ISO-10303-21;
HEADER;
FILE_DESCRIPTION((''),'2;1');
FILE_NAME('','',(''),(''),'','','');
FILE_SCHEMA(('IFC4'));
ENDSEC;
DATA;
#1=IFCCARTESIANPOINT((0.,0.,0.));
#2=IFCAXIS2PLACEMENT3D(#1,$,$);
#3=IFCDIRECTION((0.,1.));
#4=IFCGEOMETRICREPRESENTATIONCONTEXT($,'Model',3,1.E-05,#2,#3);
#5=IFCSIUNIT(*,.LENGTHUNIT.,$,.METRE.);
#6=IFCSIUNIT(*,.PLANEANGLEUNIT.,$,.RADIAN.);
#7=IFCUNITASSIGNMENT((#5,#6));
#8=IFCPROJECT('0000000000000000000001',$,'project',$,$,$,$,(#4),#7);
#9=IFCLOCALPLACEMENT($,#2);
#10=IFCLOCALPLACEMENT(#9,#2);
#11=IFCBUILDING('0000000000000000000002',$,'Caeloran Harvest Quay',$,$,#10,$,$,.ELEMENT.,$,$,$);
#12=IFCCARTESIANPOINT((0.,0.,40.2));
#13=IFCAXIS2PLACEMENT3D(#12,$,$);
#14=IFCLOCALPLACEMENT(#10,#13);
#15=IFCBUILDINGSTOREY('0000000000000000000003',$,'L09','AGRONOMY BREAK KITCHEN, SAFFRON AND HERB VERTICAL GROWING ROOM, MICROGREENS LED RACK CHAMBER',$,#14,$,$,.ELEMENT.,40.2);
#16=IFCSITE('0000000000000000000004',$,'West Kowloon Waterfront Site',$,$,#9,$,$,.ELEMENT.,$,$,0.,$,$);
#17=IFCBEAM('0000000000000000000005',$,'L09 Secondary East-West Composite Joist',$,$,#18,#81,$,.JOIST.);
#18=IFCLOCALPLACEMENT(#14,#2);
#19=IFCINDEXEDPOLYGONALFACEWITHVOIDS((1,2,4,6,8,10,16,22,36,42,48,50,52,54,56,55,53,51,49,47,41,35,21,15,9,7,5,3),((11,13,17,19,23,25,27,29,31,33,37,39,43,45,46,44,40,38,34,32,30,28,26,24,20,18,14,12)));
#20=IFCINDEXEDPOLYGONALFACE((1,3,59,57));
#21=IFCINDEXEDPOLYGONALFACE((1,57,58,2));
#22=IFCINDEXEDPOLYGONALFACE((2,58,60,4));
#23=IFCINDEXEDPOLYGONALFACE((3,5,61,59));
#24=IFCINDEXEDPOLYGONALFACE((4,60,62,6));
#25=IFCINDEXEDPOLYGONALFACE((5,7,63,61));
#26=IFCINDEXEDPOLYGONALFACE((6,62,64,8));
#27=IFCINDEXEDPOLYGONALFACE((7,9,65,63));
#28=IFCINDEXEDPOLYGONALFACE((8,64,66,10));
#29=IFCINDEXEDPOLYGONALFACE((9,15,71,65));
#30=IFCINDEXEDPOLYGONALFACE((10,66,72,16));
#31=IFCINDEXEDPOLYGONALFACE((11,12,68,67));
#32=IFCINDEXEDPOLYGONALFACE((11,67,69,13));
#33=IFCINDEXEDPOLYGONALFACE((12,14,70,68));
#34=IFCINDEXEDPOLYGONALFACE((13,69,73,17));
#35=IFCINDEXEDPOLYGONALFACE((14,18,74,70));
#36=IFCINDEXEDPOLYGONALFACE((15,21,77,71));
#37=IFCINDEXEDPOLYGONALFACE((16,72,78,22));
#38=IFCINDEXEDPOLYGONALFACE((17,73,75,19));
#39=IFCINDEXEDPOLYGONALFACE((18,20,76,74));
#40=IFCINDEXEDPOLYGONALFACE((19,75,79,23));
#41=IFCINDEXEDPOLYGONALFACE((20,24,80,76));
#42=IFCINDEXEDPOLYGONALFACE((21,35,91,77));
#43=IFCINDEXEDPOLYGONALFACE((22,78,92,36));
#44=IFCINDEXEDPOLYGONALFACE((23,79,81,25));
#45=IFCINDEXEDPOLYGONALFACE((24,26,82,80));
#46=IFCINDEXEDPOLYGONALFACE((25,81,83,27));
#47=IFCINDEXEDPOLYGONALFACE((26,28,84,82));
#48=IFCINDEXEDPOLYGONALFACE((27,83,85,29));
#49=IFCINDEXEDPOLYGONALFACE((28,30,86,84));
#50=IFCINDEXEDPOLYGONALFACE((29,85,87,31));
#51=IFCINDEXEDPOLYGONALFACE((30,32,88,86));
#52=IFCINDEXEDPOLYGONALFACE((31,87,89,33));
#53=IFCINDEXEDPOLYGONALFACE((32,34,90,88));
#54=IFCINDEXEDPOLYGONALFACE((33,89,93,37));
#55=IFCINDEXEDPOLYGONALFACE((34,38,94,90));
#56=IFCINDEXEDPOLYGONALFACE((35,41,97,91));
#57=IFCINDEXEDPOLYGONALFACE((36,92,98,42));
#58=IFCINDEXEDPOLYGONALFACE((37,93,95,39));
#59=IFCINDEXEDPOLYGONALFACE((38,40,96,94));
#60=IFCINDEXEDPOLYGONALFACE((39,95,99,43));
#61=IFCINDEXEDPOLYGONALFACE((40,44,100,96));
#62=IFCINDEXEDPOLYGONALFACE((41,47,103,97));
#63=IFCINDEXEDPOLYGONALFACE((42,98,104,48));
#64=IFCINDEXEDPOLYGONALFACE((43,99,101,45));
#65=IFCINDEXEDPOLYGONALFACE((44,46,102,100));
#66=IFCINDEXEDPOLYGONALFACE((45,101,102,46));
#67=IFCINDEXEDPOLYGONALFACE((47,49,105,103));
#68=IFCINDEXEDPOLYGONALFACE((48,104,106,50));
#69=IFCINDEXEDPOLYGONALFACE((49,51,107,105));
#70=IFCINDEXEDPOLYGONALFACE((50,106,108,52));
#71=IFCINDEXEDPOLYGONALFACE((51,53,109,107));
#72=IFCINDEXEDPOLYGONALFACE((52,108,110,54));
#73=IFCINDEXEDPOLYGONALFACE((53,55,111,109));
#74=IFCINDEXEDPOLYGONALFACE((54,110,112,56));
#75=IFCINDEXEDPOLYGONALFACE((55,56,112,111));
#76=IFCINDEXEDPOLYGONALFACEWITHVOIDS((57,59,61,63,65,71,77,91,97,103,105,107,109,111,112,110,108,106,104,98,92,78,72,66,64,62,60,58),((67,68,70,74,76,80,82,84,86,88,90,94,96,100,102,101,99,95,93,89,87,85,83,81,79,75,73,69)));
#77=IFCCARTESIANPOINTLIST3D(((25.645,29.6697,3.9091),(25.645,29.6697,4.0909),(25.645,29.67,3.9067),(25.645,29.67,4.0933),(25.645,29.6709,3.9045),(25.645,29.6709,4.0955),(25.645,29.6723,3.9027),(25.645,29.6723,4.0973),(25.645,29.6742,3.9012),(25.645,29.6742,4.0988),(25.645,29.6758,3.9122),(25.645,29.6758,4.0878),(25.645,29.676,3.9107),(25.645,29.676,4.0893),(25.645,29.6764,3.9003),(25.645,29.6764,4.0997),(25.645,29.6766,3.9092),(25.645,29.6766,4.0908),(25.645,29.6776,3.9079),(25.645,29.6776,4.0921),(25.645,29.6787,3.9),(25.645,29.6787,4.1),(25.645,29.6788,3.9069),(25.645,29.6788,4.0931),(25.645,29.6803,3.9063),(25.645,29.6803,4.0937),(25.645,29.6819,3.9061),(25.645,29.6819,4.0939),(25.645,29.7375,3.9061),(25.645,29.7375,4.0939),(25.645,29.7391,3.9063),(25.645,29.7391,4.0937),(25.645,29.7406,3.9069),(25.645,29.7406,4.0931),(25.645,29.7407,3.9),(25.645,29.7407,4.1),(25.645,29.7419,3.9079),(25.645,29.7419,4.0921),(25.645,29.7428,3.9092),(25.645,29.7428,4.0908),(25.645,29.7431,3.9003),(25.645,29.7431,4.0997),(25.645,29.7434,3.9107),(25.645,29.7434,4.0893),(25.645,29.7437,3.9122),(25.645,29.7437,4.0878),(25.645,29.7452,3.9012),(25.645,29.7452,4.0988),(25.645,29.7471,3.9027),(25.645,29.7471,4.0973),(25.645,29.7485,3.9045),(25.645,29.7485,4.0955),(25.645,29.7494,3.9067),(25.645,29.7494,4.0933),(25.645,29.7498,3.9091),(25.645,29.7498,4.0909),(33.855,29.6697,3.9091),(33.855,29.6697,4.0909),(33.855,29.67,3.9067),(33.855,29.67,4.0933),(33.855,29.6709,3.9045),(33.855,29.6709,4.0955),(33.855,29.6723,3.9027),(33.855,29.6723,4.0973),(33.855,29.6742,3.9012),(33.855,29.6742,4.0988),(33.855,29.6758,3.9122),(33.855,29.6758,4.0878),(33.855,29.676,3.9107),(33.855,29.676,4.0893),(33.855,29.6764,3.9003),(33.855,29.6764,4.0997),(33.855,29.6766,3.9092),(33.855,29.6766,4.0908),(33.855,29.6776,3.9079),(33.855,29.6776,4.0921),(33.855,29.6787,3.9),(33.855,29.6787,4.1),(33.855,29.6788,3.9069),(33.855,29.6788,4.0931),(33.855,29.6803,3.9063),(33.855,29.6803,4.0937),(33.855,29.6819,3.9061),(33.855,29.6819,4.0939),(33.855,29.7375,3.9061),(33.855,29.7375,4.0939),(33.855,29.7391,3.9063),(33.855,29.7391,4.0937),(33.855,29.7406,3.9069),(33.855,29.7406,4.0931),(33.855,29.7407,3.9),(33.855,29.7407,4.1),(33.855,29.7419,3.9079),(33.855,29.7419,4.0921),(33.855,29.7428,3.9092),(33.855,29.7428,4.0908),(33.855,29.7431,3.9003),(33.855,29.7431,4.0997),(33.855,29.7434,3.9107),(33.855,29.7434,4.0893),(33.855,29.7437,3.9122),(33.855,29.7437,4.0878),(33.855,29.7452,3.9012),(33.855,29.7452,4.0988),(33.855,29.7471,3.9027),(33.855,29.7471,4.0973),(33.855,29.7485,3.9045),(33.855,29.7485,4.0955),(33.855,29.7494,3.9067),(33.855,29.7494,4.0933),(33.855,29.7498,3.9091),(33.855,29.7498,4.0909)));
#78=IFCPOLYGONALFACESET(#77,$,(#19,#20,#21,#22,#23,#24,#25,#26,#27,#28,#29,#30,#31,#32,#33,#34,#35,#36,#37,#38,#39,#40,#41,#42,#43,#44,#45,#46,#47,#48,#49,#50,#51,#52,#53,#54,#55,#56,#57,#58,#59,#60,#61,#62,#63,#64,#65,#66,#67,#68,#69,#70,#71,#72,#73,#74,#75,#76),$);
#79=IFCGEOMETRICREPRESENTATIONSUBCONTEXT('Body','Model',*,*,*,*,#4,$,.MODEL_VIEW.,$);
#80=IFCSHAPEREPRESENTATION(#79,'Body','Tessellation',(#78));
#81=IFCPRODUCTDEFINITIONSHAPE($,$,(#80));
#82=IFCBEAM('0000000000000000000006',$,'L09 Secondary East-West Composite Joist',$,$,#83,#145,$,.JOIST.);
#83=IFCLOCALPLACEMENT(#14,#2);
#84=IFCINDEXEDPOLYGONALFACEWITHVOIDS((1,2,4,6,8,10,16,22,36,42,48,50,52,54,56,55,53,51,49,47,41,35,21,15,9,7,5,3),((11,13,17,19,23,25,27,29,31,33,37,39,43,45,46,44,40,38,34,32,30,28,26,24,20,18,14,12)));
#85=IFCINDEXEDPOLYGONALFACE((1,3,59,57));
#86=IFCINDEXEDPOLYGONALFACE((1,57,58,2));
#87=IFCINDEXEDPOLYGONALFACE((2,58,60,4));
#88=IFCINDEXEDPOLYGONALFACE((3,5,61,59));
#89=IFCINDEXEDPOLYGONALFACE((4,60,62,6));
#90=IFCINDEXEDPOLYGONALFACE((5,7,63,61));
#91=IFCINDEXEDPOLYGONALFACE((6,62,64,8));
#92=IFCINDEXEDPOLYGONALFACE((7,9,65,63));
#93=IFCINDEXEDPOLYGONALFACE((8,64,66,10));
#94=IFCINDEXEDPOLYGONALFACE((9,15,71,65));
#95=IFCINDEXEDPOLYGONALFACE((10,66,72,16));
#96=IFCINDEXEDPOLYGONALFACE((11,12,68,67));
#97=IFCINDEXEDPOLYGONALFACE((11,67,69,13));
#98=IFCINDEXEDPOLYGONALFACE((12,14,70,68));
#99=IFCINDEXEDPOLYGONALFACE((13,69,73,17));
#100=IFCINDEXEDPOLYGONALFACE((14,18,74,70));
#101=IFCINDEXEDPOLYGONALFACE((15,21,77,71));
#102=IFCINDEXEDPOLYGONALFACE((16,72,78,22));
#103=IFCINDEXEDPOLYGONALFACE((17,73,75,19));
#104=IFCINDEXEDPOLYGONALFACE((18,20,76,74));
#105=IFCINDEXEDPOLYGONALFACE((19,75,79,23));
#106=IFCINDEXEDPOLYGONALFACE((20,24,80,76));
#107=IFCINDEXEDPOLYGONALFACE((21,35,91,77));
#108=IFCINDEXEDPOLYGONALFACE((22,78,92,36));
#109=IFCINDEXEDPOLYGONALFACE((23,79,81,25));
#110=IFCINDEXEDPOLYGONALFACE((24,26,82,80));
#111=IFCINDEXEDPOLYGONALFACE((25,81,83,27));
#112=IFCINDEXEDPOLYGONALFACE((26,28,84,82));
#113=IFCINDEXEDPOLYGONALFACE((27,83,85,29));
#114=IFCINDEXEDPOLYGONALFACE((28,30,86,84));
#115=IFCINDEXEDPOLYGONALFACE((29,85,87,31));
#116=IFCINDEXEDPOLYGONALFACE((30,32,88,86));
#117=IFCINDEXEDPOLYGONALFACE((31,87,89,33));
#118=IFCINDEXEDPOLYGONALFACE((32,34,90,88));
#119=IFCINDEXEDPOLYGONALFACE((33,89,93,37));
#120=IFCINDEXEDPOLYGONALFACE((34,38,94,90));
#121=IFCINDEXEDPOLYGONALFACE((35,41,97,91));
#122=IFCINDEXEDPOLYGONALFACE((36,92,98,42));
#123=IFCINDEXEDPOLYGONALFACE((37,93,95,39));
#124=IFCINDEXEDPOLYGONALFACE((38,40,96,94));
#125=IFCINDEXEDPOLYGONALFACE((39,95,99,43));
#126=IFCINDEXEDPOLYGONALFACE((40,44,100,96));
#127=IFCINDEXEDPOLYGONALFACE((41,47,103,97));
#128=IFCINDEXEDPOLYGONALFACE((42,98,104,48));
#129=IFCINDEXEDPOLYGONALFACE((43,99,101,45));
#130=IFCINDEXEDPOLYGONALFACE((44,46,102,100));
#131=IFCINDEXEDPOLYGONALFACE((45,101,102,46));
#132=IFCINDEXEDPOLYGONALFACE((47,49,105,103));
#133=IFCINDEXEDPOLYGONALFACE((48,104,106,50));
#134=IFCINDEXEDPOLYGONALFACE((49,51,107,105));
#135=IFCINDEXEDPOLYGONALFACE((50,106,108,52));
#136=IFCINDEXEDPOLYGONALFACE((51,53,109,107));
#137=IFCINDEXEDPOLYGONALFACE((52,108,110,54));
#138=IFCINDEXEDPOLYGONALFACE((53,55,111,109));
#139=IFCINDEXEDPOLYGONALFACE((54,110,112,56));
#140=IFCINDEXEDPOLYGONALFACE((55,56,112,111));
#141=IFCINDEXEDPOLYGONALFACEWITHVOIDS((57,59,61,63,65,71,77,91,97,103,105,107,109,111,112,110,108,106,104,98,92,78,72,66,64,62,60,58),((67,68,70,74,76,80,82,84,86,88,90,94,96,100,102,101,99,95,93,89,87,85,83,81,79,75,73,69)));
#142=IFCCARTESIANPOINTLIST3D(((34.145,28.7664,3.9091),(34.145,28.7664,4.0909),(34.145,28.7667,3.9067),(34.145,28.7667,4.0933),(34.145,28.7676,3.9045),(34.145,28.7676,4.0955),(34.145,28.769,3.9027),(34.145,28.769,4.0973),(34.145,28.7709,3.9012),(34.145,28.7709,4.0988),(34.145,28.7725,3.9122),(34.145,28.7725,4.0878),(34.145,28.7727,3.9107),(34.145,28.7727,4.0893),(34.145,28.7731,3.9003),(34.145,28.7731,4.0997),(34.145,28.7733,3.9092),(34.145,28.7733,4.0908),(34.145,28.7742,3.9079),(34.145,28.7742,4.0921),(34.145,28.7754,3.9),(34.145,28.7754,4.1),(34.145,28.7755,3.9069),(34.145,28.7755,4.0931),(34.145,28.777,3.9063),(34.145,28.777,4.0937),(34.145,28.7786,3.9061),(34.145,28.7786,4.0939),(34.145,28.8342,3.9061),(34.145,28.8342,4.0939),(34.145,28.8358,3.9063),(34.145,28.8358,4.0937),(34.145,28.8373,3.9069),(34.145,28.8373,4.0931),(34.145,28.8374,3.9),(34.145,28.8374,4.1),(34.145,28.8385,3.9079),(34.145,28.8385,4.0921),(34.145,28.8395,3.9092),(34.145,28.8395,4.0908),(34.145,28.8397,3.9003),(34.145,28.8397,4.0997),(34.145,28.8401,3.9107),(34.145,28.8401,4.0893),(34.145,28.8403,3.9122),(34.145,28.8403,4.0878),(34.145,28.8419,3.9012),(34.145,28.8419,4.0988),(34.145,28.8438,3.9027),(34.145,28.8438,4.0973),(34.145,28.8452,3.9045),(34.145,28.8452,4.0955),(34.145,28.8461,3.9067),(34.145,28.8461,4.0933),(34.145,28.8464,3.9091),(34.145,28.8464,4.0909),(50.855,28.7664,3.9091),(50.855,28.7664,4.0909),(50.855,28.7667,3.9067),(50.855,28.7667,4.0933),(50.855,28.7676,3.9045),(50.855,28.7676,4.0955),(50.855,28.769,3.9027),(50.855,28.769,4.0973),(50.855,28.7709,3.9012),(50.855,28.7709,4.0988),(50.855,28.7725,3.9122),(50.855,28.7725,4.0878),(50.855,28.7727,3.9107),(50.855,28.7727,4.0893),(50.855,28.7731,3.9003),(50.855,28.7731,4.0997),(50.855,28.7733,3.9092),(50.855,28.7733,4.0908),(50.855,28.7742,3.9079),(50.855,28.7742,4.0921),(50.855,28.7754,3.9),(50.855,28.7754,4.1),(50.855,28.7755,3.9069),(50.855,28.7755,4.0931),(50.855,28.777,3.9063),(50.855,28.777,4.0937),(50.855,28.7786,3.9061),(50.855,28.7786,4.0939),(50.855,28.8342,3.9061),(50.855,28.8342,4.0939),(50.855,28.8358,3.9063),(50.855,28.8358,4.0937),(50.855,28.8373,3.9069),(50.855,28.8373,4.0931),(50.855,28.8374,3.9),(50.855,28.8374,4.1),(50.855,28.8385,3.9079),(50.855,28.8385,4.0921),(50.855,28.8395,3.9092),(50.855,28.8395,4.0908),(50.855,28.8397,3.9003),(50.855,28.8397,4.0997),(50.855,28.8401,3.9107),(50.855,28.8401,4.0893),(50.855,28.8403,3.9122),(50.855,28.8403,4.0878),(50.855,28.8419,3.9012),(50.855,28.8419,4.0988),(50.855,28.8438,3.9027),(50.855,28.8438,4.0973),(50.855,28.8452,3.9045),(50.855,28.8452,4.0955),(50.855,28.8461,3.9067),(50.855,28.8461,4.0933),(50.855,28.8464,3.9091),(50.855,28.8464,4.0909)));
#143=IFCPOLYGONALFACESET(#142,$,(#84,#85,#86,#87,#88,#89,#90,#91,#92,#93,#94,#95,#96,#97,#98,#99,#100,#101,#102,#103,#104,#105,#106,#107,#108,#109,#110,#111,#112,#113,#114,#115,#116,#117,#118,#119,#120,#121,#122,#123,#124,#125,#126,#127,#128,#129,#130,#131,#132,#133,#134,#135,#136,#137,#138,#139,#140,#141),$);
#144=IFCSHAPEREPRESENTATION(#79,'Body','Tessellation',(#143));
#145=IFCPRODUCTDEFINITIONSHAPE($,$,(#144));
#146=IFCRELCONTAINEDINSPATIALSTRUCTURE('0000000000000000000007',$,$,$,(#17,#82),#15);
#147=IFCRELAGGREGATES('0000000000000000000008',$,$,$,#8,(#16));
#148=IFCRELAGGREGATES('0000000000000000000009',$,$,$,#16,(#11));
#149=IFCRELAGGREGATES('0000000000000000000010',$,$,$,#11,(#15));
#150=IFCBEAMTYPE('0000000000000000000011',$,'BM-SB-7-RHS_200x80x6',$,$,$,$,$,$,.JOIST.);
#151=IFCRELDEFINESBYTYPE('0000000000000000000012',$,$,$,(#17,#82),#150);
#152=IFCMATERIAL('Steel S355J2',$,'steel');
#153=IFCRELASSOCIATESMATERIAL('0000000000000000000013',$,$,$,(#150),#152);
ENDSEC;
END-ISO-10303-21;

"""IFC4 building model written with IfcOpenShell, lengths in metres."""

from ifc_helpers import new_model, si_unit, direction, frame, origin, origin_2d, place, context, subcontext, project, spatial, hollow_rectangle, extrude, material, material_profile, profile_set, type_object, element, save


model = new_model("IFC4")

# Units and contexts
model_context = context("Model", 3, precision=1e-05, world=origin(), true_north=direction((0.0, 1.0)))
body_context = subcontext(model_context, "Body", "Model", "MODEL_VIEW")
ifc_project = project(units=[si_unit("LENGTHUNIT", "METRE"), si_unit("PLANEANGLEUNIT", "RADIAN")], contexts=[model_context])

# Site, building, storey
site_placement = place(None, origin())
site = spatial("IfcSite", under=ifc_project, at=site_placement, Name="West Kowloon Waterfront Site", CompositionType="ELEMENT", RefElevation=0.0)
building_placement = place(site_placement, origin())
building = spatial("IfcBuilding", under=site, at=building_placement, Name="Caeloran Harvest Quay", CompositionType="ELEMENT")
storey_placement = place(building_placement, frame((0.0, 0.0, 40.2)))
storey = spatial("IfcBuildingStorey", under=building, at=storey_placement, Name="L09", Description="AGRONOMY BREAK KITCHEN, SAFFRON AND HERB VERTICAL GROWING ROOM, MICROGREENS LED RACK CHAMBER", CompositionType="ELEMENT", Elevation=40.2)

# Beams
ifc_material_1 = material(Name="Steel S355J2", Category="steel")
ifc_material_profile_1 = material_profile(ifc_material_1, hollow_rectangle(XDim=0.0801, YDim=0.2, WallThickness=0.0061, InnerFilletRadius=0.0061, OuterFilletRadius=0.009, at=origin_2d()), Name="RHS 200x80x6")
ifc_profile_set_1 = profile_set([ifc_material_profile_1], Name="Steel S355J2")
beam_type_1 = type_object("IfcBeamType", Name="BM-SB-7-RHS_200x80x6", PredefinedType="JOIST", material=ifc_profile_set_1)
for number, where, z_axis, x_axis, name in (
    (1, (25.645, 29.7097, 4.0), (1.0, 0.0, 0.0), (0.0, 1.0, 0.0), "L09 Secondary East-West Composite Joist"),
):
    element("IfcBeam", number, at=place(storey_placement, frame(where, z_axis=z_axis, x_axis=x_axis)), inside=storey, type_object=beam_type_1, Name=name, PredefinedType="JOIST", context=body_context, shape_type="SweptSolid", body=[
        extrude(hollow_rectangle(XDim=0.0801, YDim=0.2, WallThickness=0.0061, InnerFilletRadius=0.0061, OuterFilletRadius=0.009, at=origin_2d()), origin(), (0.0, 0.0, 1.0), 8.21),
    ])
for number, where, z_axis, x_axis, name in (
    (2, (34.145, 28.8064, 4.0), (1.0, 0.0, 0.0), (0.0, 1.0, 0.0), "L09 Secondary East-West Composite Joist"),
):
    element("IfcBeam", number, at=place(storey_placement, frame(where, z_axis=z_axis, x_axis=x_axis)), inside=storey, type_object=beam_type_1, Name=name, PredefinedType="JOIST", context=body_context, shape_type="SweptSolid", body=[
        extrude(hollow_rectangle(XDim=0.0801, YDim=0.2, WallThickness=0.0061, InnerFilletRadius=0.0061, OuterFilletRadius=0.009, at=origin_2d()), origin(), (0.0, 0.0, 1.0), 16.71),
    ])

save(model, "model.ifc")
